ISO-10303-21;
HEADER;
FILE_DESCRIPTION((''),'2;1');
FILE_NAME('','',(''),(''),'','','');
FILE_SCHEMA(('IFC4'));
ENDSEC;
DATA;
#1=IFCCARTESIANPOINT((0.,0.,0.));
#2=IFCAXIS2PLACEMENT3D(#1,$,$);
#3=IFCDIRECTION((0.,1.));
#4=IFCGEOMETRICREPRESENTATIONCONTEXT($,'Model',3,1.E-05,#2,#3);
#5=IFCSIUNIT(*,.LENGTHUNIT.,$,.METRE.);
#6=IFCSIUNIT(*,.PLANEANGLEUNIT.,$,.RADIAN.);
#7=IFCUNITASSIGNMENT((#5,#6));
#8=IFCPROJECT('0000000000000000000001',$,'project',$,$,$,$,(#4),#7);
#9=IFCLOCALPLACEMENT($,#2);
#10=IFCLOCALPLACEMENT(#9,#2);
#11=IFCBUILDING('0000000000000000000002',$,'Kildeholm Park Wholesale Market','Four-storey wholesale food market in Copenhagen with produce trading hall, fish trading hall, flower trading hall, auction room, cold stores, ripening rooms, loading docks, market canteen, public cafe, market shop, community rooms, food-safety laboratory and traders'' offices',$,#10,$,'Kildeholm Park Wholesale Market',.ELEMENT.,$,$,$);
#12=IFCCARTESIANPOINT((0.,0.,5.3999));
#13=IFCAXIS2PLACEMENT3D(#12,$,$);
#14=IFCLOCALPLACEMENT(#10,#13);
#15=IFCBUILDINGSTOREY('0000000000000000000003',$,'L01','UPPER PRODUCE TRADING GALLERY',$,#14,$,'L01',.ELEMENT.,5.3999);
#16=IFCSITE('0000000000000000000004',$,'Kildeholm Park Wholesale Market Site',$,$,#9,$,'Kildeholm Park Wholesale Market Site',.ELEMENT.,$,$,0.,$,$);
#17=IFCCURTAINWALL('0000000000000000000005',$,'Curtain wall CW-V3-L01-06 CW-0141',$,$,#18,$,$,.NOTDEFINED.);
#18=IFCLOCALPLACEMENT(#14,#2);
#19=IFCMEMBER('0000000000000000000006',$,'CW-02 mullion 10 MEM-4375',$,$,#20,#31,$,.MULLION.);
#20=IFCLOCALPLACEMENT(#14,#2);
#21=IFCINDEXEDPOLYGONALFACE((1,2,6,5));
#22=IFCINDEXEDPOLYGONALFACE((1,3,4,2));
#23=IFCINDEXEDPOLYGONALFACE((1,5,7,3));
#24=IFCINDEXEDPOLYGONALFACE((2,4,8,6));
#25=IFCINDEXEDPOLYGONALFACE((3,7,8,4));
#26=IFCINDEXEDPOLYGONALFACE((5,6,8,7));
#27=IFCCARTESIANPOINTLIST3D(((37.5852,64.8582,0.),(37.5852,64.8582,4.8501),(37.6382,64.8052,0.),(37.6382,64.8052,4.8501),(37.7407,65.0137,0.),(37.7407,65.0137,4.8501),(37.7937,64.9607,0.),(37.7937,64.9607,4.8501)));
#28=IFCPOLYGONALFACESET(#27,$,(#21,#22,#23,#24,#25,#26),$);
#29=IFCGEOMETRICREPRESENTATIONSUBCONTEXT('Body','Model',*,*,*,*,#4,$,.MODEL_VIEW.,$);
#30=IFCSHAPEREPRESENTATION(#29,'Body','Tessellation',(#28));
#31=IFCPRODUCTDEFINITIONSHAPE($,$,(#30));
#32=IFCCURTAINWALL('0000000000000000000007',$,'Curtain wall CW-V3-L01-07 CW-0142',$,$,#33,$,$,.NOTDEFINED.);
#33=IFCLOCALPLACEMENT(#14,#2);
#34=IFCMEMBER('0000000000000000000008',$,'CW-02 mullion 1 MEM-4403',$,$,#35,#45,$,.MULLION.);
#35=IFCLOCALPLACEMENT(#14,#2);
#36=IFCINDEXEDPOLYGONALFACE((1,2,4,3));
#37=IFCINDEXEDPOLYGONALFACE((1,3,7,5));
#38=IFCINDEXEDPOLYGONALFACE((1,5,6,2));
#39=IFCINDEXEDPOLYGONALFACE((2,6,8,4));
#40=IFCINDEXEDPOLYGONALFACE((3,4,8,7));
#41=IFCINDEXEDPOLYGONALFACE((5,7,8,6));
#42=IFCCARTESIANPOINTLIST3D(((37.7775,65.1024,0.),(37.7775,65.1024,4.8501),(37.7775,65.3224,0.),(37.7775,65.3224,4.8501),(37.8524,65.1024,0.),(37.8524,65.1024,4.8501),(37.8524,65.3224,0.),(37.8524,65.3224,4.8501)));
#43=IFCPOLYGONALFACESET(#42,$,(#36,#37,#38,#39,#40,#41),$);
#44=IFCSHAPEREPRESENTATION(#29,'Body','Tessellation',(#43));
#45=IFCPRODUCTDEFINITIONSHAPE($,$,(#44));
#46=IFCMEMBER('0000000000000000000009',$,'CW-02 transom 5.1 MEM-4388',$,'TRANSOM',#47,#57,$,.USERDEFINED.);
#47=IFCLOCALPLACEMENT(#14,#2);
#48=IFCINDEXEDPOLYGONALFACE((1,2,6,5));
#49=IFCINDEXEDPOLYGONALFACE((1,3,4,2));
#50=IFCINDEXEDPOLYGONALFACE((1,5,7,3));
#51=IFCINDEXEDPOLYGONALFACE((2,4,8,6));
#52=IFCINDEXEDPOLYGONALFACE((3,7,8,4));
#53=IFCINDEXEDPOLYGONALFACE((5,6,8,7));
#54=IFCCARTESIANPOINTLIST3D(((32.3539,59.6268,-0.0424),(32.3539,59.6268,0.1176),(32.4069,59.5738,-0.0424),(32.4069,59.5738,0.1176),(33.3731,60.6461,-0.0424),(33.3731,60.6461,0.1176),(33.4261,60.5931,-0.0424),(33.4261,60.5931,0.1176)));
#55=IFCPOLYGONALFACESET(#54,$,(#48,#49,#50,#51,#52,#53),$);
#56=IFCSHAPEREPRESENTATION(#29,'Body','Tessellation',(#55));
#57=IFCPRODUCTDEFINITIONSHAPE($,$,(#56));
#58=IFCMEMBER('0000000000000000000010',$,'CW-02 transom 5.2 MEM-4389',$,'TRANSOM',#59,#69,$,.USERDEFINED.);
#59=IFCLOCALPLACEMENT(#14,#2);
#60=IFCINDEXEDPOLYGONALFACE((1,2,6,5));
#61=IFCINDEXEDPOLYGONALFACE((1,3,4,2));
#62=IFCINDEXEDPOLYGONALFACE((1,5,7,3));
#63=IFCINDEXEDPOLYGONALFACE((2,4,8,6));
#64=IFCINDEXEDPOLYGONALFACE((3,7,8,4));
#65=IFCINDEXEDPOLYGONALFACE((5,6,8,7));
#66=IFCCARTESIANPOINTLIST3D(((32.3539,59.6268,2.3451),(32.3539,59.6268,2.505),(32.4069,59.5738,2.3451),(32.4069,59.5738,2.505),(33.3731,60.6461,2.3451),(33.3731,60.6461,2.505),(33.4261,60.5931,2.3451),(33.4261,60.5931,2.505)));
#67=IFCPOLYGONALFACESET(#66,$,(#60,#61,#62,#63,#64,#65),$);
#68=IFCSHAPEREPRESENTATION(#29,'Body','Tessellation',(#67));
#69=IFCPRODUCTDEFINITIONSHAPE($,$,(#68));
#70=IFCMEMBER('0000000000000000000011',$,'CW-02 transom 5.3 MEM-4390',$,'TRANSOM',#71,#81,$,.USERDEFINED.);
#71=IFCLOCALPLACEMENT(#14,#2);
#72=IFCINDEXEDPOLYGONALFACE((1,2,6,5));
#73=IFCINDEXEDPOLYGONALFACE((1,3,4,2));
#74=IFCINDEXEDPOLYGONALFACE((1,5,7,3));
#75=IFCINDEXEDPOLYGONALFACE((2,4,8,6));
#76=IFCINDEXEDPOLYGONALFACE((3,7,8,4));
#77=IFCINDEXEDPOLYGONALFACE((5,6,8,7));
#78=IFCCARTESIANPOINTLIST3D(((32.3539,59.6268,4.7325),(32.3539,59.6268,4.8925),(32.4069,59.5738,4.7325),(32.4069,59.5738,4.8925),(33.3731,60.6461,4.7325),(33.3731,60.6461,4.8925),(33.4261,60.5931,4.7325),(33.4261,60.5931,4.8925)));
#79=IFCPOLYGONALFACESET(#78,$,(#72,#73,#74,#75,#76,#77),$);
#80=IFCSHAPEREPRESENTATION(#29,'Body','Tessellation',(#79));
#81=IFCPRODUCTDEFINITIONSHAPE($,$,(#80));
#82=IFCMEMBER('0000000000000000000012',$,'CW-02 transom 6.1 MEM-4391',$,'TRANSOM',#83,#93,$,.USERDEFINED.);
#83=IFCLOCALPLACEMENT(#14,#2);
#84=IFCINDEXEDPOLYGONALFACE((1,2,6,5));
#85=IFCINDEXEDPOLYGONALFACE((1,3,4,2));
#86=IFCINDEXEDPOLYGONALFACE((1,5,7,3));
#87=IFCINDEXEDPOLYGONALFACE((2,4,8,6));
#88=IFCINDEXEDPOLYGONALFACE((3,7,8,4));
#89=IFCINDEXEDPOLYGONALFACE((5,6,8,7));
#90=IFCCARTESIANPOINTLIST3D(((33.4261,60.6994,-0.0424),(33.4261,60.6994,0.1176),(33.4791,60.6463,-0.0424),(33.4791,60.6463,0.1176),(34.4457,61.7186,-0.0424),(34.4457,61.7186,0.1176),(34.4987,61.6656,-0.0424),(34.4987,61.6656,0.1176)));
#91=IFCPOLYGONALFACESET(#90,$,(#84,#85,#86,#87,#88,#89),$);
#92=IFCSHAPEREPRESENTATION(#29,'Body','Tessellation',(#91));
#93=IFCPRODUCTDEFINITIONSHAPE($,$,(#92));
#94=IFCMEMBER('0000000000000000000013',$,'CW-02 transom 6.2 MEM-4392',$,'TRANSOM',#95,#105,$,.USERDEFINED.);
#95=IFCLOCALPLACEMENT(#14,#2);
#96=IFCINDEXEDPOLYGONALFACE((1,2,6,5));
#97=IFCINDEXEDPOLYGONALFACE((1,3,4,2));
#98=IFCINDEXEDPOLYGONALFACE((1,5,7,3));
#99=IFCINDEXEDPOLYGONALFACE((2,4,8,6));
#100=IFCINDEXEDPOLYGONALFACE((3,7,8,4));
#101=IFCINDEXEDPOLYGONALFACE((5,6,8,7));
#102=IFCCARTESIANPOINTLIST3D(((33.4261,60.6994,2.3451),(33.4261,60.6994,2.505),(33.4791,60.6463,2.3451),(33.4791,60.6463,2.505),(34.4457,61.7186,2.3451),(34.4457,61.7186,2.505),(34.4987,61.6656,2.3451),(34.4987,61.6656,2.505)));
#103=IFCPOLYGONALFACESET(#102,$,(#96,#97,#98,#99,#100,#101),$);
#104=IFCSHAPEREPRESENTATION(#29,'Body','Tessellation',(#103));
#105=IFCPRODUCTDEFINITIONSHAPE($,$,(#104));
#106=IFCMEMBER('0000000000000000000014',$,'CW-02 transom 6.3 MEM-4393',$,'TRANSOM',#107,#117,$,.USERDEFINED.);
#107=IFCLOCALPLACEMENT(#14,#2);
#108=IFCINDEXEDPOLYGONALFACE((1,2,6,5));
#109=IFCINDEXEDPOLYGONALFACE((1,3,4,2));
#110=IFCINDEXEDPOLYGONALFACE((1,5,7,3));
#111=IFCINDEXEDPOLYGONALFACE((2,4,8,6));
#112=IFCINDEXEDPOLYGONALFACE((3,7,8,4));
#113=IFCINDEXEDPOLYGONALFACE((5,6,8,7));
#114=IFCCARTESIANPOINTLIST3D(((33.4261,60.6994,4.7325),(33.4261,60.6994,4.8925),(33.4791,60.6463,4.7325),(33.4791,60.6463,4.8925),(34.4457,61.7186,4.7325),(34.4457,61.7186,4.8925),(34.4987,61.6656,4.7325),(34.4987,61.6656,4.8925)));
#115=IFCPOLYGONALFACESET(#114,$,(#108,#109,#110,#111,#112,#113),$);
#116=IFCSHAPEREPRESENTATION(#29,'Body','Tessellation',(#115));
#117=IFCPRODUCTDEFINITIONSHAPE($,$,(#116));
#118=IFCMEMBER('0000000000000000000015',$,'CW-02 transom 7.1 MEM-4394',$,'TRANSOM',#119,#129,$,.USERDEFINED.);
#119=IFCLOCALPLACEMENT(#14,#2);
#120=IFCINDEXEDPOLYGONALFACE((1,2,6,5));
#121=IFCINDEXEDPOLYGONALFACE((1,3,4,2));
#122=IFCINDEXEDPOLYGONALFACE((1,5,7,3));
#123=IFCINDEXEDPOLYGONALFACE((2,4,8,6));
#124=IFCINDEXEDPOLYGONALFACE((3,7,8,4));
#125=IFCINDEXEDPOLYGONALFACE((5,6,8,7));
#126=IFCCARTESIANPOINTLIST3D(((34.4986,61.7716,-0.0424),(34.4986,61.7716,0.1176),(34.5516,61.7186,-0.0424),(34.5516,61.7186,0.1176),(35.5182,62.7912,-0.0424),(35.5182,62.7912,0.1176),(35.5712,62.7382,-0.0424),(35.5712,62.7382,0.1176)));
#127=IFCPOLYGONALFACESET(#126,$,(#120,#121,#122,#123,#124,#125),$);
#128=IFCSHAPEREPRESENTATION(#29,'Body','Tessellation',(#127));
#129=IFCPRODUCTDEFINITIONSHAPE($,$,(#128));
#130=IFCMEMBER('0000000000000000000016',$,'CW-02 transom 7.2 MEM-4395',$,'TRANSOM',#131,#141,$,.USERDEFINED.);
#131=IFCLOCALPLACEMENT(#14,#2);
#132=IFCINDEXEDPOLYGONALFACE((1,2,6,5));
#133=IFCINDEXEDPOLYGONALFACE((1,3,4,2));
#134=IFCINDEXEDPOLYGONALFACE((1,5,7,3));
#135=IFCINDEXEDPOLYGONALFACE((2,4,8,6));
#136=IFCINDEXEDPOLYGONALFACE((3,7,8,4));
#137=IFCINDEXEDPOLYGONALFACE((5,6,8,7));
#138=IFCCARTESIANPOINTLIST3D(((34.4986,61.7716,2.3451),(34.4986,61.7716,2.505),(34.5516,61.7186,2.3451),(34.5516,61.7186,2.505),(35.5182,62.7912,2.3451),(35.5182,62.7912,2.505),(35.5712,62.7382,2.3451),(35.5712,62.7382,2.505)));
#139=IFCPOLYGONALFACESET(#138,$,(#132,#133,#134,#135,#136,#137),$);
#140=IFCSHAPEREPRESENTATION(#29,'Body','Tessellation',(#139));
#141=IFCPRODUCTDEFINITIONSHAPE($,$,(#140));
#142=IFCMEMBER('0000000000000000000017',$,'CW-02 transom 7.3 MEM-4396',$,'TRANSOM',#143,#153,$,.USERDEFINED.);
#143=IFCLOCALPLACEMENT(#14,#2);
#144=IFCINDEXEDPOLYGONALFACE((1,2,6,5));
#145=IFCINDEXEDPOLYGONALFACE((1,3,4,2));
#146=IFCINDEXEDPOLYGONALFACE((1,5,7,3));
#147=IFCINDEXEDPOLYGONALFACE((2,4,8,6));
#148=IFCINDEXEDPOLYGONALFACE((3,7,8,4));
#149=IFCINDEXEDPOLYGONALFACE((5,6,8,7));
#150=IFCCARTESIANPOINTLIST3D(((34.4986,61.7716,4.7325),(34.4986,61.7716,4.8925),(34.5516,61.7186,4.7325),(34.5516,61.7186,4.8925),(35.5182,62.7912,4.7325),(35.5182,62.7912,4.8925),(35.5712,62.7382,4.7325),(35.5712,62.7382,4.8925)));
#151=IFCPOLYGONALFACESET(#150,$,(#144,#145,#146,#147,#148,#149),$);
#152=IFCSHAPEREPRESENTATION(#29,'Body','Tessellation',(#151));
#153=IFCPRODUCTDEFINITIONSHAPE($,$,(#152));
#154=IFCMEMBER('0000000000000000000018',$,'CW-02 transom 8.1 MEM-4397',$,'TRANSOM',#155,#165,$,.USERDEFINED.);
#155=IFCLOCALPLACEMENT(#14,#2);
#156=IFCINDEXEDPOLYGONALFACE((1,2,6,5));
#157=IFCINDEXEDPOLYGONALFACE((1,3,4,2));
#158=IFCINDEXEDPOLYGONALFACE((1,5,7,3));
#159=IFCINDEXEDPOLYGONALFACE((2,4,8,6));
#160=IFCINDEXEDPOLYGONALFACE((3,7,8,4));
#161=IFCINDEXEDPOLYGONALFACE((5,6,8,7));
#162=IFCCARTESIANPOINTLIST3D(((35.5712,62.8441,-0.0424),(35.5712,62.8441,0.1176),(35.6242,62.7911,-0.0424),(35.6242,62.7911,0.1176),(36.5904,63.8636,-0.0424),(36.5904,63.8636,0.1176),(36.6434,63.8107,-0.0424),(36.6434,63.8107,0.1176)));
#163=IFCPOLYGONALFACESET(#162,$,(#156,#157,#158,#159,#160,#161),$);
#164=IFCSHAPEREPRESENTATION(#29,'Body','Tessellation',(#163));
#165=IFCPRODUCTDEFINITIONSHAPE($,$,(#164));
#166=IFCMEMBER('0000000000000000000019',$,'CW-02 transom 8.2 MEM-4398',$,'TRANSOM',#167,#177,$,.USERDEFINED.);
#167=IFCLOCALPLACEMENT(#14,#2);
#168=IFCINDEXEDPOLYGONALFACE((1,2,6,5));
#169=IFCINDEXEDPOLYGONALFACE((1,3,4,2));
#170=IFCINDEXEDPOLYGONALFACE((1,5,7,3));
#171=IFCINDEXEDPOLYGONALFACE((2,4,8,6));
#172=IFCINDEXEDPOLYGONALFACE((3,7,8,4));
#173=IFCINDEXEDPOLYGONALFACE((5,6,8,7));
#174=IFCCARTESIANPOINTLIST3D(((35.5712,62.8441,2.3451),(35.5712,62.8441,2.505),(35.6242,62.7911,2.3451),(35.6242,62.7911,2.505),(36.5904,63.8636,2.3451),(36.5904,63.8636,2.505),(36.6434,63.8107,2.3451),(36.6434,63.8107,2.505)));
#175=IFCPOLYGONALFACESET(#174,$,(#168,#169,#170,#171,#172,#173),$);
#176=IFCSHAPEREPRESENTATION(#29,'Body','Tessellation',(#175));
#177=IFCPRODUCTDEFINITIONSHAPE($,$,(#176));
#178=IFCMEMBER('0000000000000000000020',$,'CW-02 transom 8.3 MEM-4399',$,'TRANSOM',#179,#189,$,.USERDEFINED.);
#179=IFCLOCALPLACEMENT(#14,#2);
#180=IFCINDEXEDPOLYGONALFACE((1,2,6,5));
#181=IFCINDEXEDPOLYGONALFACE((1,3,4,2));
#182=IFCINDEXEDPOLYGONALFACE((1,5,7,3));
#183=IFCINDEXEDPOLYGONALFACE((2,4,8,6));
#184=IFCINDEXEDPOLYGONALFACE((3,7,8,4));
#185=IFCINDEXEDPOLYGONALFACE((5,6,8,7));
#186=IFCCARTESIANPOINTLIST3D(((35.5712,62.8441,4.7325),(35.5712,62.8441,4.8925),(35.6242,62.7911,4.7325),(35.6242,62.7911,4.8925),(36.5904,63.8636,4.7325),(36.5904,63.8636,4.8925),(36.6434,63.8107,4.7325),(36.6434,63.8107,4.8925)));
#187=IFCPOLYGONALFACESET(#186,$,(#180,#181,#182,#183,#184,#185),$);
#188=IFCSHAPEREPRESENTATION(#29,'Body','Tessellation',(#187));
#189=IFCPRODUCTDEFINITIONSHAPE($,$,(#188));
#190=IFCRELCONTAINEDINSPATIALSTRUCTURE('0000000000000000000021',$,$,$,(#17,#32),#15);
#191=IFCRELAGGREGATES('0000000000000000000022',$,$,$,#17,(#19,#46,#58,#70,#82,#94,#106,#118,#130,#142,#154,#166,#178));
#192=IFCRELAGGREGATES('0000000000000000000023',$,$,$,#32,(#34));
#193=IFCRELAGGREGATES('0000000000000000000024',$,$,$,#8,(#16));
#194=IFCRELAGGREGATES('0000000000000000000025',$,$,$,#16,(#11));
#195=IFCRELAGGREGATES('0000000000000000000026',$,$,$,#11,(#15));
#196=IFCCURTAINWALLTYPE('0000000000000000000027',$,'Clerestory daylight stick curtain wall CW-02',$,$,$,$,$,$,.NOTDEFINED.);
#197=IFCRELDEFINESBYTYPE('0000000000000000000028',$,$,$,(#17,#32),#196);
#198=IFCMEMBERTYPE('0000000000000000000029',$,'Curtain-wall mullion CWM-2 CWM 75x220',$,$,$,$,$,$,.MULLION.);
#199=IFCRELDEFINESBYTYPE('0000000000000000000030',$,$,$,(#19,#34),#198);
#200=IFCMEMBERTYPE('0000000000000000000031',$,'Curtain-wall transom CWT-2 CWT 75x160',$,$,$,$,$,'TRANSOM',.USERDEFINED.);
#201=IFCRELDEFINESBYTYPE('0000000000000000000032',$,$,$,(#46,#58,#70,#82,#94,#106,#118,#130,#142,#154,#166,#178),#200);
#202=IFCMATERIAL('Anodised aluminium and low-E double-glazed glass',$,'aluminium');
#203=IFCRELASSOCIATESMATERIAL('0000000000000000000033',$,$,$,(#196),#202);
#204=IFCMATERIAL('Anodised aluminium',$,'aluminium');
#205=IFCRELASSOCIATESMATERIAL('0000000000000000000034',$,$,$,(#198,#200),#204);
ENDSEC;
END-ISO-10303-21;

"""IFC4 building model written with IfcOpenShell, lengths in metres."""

from ifc_helpers import new_model, si_unit, direction, frame, origin, origin_2d, place, context, subcontext, project, spatial, rectangle, extrude, material, material_profile, profile_set, type_object, element, aggregate, save


model = new_model("IFC4")

# Units and contexts
model_context = context("Model", 3, precision=1e-05, world=origin(), true_north=direction((0.0, 1.0)))
body_context = subcontext(model_context, "Body", "Model", "MODEL_VIEW")
ifc_project = project(units=[si_unit("LENGTHUNIT", "METRE"), si_unit("PLANEANGLEUNIT", "RADIAN")], contexts=[model_context])

# Site, building, storey
site_placement = place(None, origin())
site = spatial("IfcSite", under=ifc_project, at=site_placement, Name="Kildeholm Park Wholesale Market Site", LongName="Kildeholm Park Wholesale Market Site", CompositionType="ELEMENT", RefElevation=0.0)
building_placement = place(site_placement, origin())
building = spatial("IfcBuilding", under=site, at=building_placement, Name="Kildeholm Park Wholesale Market", Description="Four-storey wholesale food market in Copenhagen with produce trading hall, fish trading hall, flower trading hall, auction room, cold stores, ripening rooms, loading docks, market canteen, public cafe, market shop, community rooms, food-safety laboratory and traders' offices", LongName="Kildeholm Park Wholesale Market", CompositionType="ELEMENT")
storey_placement = place(building_placement, frame((0.0, 0.0, 5.3999)))
storey = spatial("IfcBuildingStorey", under=building, at=storey_placement, Name="L01", Description="UPPER PRODUCE TRADING GALLERY", LongName="L01", CompositionType="ELEMENT", Elevation=5.3999)

# Curtain wall, member
ifc_material_1 = material(Name="Anodised aluminium and low-E double-glazed glass", Category="aluminium")
curtain_wall_type = type_object("IfcCurtainWallType", Name="Clerestory daylight stick curtain wall CW-02", PredefinedType="NOTDEFINED", material=ifc_material_1)
curtain_wall_1_placement = place(storey_placement, origin())
curtain_wall_1 = element("IfcCurtainWall", 1, at=curtain_wall_1_placement, inside=storey, type_object=curtain_wall_type, Name="Curtain wall CW-V3-L01-06 CW-0141", PredefinedType="NOTDEFINED")
ifc_material_2 = material(Name="Anodised aluminium", Category="aluminium")
ifc_material_profile_1 = material_profile(ifc_material_2, rectangle(XDim=0.075, YDim=0.22, at=origin_2d()), Name="CWM 75x220")
ifc_profile_set_1 = profile_set([ifc_material_profile_1], Name="Anodised aluminium")
member_type_1 = type_object("IfcMemberType", Name="Curtain-wall mullion CWM-2 CWM 75x220", PredefinedType="MULLION", material=ifc_profile_set_1)
member_1_placement = place(storey_placement, frame((37.6895, 64.9094, 0.0), z_axis=(0.0, 0.0, 1.0), x_axis=(-0.707107, 0.707107, 0.0)))
member_1 = element("IfcMember", 2, at=member_1_placement, type_object=member_type_1, Name="CW-02 mullion 10 MEM-4375", PredefinedType="MULLION", context=body_context, shape_type="SweptSolid", body=[
    extrude(rectangle(XDim=0.075, YDim=0.22, at=origin_2d()), origin(), (0.0, 0.0, 1.0), 4.8501),
])

# Curtain wall, member
curtain_wall_2_placement = place(storey_placement, origin())
curtain_wall_2 = element("IfcCurtainWall", 3, at=curtain_wall_2_placement, inside=storey, type_object=curtain_wall_type, Name="Curtain wall CW-V3-L01-07 CW-0142", PredefinedType="NOTDEFINED")
member_2_placement = place(storey_placement, frame((37.8149, 65.2124, 0.0), z_axis=(0.0, 0.0, 1.0), x_axis=(-1.0, 0.0, 0.0)))
member_2 = element("IfcMember", 4, at=member_2_placement, type_object=member_type_1, Name="CW-02 mullion 1 MEM-4403", PredefinedType="MULLION", context=body_context, shape_type="SweptSolid", body=[
    extrude(rectangle(XDim=0.075, YDim=0.22, at=origin_2d()), origin(), (0.0, 0.0, 1.0), 4.8501),
])

# Members
ifc_material_profile_2 = material_profile(ifc_material_2, rectangle(XDim=0.075, YDim=0.1599, at=origin_2d()), Name="CWT 75x160")
ifc_profile_set_2 = profile_set([ifc_material_profile_2], Name="Anodised aluminium")
member_type_2 = type_object("IfcMemberType", Name="Curtain-wall transom CWT-2 CWT 75x160", ElementType="TRANSOM", PredefinedType="USERDEFINED", material=ifc_profile_set_2)
member_3_placement = place(storey_placement, frame((32.3804, 59.6003, 0.0376), z_axis=(0.707107, 0.707107, 0.0), x_axis=(-0.707107, 0.707107, 0.0)))
member_3 = element("IfcMember", 5, at=member_3_placement, type_object=member_type_2, Name="CW-02 transom 5.1 MEM-4388", ObjectType="TRANSOM", PredefinedType="USERDEFINED", context=body_context, shape_type="SweptSolid", body=[
    extrude(rectangle(XDim=0.075, YDim=0.1599, at=origin_2d()), origin(), (0.0, 0.0, 1.0), 1.4414),
])
member_4_placement = place(storey_placement, frame((32.3804, 59.6003, 2.425), z_axis=(0.707107, 0.707107, 0.0), x_axis=(-0.707107, 0.707107, 0.0)))
member_4 = element("IfcMember", 6, at=member_4_placement, type_object=member_type_2, Name="CW-02 transom 5.2 MEM-4389", ObjectType="TRANSOM", PredefinedType="USERDEFINED", context=body_context, shape_type="SweptSolid", body=[
    extrude(rectangle(XDim=0.075, YDim=0.1599, at=origin_2d()), origin(), (0.0, 0.0, 1.0), 1.4414),
])
member_5_placement = place(storey_placement, frame((32.3804, 59.6003, 4.8125), z_axis=(0.707107, 0.707107, 0.0), x_axis=(-0.707107, 0.707107, 0.0)))
member_5 = element("IfcMember", 7, at=member_5_placement, type_object=member_type_2, Name="CW-02 transom 5.3 MEM-4390", ObjectType="TRANSOM", PredefinedType="USERDEFINED", context=body_context, shape_type="SweptSolid", body=[
    extrude(rectangle(XDim=0.075, YDim=0.1599, at=origin_2d()), origin(), (0.0, 0.0, 1.0), 1.4414),
])
member_6_placement = place(storey_placement, frame((33.4526, 60.6729, 0.0376), z_axis=(0.707191, 0.707022, 0.0), x_axis=(-0.707022, 0.707191, 0.0)))
member_6 = element("IfcMember", 8, at=member_6_placement, type_object=member_type_2, Name="CW-02 transom 6.1 MEM-4391", ObjectType="TRANSOM", PredefinedType="USERDEFINED", context=body_context, shape_type="SweptSolid", body=[
    extrude(rectangle(XDim=0.075, YDim=0.1599, at=origin_2d()), origin(), (0.0, 0.0, 1.0), 1.4417),
])
member_7_placement = place(storey_placement, frame((33.4526, 60.6729, 2.425), z_axis=(0.707191, 0.707022, 0.0), x_axis=(-0.707022, 0.707191, 0.0)))
member_7 = element("IfcMember", 9, at=member_7_placement, type_object=member_type_2, Name="CW-02 transom 6.2 MEM-4392", ObjectType="TRANSOM", PredefinedType="USERDEFINED", context=body_context, shape_type="SweptSolid", body=[
    extrude(rectangle(XDim=0.075, YDim=0.1599, at=origin_2d()), origin(), (0.0, 0.0, 1.0), 1.4417),
])
member_8_placement = place(storey_placement, frame((33.4526, 60.6729, 4.8125), z_axis=(0.707191, 0.707022, 0.0), x_axis=(-0.707022, 0.707191, 0.0)))
member_8 = element("IfcMember", 10, at=member_8_placement, type_object=member_type_2, Name="CW-02 transom 6.3 MEM-4393", ObjectType="TRANSOM", PredefinedType="USERDEFINED", context=body_context, shape_type="SweptSolid", body=[
    extrude(rectangle(XDim=0.075, YDim=0.1599, at=origin_2d()), origin(), (0.0, 0.0, 1.0), 1.4417),
])
member_9_placement = place(storey_placement, frame((34.5251, 61.7451, 0.0376), z_axis=(0.707107, 0.707107, 0.0), x_axis=(-0.707107, 0.707107, 0.0)))
member_9 = element("IfcMember", 11, at=member_9_placement, type_object=member_type_2, Name="CW-02 transom 7.1 MEM-4394", ObjectType="TRANSOM", PredefinedType="USERDEFINED", context=body_context, shape_type="SweptSolid", body=[
    extrude(rectangle(XDim=0.075, YDim=0.1599, at=origin_2d()), origin(), (0.0, 0.0, 1.0), 1.4419),
])
member_10_placement = place(storey_placement, frame((34.5251, 61.7451, 2.425), z_axis=(0.707107, 0.707107, 0.0), x_axis=(-0.707107, 0.707107, 0.0)))
member_10 = element("IfcMember", 12, at=member_10_placement, type_object=member_type_2, Name="CW-02 transom 7.2 MEM-4395", ObjectType="TRANSOM", PredefinedType="USERDEFINED", context=body_context, shape_type="SweptSolid", body=[
    extrude(rectangle(XDim=0.075, YDim=0.1599, at=origin_2d()), origin(), (0.0, 0.0, 1.0), 1.4419),
])
member_11_placement = place(storey_placement, frame((34.5251, 61.7451, 4.8125), z_axis=(0.707107, 0.707107, 0.0), x_axis=(-0.707107, 0.707107, 0.0)))
member_11 = element("IfcMember", 13, at=member_11_placement, type_object=member_type_2, Name="CW-02 transom 7.3 MEM-4396", ObjectType="TRANSOM", PredefinedType="USERDEFINED", context=body_context, shape_type="SweptSolid", body=[
    extrude(rectangle(XDim=0.075, YDim=0.1599, at=origin_2d()), origin(), (0.0, 0.0, 1.0), 1.4419),
])
member_12_placement = place(storey_placement, frame((35.5977, 62.8176, 0.0376), z_axis=(0.707022, 0.707191, 0.0), x_axis=(-0.707191, 0.707022, 0.0)))
member_12 = element("IfcMember", 14, at=member_12_placement, type_object=member_type_2, Name="CW-02 transom 8.1 MEM-4397", ObjectType="TRANSOM", PredefinedType="USERDEFINED", context=body_context, shape_type="SweptSolid", body=[
    extrude(rectangle(XDim=0.075, YDim=0.1599, at=origin_2d()), origin(), (0.0, 0.0, 1.0), 1.4417),
])
member_13_placement = place(storey_placement, frame((35.5977, 62.8176, 2.425), z_axis=(0.707022, 0.707191, 0.0), x_axis=(-0.707191, 0.707022, 0.0)))
member_13 = element("IfcMember", 15, at=member_13_placement, type_object=member_type_2, Name="CW-02 transom 8.2 MEM-4398", ObjectType="TRANSOM", PredefinedType="USERDEFINED", context=body_context, shape_type="SweptSolid", body=[
    extrude(rectangle(XDim=0.075, YDim=0.1599, at=origin_2d()), origin(), (0.0, 0.0, 1.0), 1.4417),
])
member_14_placement = place(storey_placement, frame((35.5977, 62.8176, 4.8125), z_axis=(0.707022, 0.707191, 0.0), x_axis=(-0.707191, 0.707022, 0.0)))
member_14 = element("IfcMember", 16, at=member_14_placement, type_object=member_type_2, Name="CW-02 transom 8.3 MEM-4399", ObjectType="TRANSOM", PredefinedType="USERDEFINED", context=body_context, shape_type="SweptSolid", body=[
    extrude(rectangle(XDim=0.075, YDim=0.1599, at=origin_2d()), origin(), (0.0, 0.0, 1.0), 1.4417),
])

aggregate(curtain_wall_1, [member_1, member_3, member_4, member_5, member_6, member_7, member_8, member_9, member_10, member_11, member_12, member_13, member_14])
aggregate(curtain_wall_2, [member_2])

save(model, "model.ifc")
